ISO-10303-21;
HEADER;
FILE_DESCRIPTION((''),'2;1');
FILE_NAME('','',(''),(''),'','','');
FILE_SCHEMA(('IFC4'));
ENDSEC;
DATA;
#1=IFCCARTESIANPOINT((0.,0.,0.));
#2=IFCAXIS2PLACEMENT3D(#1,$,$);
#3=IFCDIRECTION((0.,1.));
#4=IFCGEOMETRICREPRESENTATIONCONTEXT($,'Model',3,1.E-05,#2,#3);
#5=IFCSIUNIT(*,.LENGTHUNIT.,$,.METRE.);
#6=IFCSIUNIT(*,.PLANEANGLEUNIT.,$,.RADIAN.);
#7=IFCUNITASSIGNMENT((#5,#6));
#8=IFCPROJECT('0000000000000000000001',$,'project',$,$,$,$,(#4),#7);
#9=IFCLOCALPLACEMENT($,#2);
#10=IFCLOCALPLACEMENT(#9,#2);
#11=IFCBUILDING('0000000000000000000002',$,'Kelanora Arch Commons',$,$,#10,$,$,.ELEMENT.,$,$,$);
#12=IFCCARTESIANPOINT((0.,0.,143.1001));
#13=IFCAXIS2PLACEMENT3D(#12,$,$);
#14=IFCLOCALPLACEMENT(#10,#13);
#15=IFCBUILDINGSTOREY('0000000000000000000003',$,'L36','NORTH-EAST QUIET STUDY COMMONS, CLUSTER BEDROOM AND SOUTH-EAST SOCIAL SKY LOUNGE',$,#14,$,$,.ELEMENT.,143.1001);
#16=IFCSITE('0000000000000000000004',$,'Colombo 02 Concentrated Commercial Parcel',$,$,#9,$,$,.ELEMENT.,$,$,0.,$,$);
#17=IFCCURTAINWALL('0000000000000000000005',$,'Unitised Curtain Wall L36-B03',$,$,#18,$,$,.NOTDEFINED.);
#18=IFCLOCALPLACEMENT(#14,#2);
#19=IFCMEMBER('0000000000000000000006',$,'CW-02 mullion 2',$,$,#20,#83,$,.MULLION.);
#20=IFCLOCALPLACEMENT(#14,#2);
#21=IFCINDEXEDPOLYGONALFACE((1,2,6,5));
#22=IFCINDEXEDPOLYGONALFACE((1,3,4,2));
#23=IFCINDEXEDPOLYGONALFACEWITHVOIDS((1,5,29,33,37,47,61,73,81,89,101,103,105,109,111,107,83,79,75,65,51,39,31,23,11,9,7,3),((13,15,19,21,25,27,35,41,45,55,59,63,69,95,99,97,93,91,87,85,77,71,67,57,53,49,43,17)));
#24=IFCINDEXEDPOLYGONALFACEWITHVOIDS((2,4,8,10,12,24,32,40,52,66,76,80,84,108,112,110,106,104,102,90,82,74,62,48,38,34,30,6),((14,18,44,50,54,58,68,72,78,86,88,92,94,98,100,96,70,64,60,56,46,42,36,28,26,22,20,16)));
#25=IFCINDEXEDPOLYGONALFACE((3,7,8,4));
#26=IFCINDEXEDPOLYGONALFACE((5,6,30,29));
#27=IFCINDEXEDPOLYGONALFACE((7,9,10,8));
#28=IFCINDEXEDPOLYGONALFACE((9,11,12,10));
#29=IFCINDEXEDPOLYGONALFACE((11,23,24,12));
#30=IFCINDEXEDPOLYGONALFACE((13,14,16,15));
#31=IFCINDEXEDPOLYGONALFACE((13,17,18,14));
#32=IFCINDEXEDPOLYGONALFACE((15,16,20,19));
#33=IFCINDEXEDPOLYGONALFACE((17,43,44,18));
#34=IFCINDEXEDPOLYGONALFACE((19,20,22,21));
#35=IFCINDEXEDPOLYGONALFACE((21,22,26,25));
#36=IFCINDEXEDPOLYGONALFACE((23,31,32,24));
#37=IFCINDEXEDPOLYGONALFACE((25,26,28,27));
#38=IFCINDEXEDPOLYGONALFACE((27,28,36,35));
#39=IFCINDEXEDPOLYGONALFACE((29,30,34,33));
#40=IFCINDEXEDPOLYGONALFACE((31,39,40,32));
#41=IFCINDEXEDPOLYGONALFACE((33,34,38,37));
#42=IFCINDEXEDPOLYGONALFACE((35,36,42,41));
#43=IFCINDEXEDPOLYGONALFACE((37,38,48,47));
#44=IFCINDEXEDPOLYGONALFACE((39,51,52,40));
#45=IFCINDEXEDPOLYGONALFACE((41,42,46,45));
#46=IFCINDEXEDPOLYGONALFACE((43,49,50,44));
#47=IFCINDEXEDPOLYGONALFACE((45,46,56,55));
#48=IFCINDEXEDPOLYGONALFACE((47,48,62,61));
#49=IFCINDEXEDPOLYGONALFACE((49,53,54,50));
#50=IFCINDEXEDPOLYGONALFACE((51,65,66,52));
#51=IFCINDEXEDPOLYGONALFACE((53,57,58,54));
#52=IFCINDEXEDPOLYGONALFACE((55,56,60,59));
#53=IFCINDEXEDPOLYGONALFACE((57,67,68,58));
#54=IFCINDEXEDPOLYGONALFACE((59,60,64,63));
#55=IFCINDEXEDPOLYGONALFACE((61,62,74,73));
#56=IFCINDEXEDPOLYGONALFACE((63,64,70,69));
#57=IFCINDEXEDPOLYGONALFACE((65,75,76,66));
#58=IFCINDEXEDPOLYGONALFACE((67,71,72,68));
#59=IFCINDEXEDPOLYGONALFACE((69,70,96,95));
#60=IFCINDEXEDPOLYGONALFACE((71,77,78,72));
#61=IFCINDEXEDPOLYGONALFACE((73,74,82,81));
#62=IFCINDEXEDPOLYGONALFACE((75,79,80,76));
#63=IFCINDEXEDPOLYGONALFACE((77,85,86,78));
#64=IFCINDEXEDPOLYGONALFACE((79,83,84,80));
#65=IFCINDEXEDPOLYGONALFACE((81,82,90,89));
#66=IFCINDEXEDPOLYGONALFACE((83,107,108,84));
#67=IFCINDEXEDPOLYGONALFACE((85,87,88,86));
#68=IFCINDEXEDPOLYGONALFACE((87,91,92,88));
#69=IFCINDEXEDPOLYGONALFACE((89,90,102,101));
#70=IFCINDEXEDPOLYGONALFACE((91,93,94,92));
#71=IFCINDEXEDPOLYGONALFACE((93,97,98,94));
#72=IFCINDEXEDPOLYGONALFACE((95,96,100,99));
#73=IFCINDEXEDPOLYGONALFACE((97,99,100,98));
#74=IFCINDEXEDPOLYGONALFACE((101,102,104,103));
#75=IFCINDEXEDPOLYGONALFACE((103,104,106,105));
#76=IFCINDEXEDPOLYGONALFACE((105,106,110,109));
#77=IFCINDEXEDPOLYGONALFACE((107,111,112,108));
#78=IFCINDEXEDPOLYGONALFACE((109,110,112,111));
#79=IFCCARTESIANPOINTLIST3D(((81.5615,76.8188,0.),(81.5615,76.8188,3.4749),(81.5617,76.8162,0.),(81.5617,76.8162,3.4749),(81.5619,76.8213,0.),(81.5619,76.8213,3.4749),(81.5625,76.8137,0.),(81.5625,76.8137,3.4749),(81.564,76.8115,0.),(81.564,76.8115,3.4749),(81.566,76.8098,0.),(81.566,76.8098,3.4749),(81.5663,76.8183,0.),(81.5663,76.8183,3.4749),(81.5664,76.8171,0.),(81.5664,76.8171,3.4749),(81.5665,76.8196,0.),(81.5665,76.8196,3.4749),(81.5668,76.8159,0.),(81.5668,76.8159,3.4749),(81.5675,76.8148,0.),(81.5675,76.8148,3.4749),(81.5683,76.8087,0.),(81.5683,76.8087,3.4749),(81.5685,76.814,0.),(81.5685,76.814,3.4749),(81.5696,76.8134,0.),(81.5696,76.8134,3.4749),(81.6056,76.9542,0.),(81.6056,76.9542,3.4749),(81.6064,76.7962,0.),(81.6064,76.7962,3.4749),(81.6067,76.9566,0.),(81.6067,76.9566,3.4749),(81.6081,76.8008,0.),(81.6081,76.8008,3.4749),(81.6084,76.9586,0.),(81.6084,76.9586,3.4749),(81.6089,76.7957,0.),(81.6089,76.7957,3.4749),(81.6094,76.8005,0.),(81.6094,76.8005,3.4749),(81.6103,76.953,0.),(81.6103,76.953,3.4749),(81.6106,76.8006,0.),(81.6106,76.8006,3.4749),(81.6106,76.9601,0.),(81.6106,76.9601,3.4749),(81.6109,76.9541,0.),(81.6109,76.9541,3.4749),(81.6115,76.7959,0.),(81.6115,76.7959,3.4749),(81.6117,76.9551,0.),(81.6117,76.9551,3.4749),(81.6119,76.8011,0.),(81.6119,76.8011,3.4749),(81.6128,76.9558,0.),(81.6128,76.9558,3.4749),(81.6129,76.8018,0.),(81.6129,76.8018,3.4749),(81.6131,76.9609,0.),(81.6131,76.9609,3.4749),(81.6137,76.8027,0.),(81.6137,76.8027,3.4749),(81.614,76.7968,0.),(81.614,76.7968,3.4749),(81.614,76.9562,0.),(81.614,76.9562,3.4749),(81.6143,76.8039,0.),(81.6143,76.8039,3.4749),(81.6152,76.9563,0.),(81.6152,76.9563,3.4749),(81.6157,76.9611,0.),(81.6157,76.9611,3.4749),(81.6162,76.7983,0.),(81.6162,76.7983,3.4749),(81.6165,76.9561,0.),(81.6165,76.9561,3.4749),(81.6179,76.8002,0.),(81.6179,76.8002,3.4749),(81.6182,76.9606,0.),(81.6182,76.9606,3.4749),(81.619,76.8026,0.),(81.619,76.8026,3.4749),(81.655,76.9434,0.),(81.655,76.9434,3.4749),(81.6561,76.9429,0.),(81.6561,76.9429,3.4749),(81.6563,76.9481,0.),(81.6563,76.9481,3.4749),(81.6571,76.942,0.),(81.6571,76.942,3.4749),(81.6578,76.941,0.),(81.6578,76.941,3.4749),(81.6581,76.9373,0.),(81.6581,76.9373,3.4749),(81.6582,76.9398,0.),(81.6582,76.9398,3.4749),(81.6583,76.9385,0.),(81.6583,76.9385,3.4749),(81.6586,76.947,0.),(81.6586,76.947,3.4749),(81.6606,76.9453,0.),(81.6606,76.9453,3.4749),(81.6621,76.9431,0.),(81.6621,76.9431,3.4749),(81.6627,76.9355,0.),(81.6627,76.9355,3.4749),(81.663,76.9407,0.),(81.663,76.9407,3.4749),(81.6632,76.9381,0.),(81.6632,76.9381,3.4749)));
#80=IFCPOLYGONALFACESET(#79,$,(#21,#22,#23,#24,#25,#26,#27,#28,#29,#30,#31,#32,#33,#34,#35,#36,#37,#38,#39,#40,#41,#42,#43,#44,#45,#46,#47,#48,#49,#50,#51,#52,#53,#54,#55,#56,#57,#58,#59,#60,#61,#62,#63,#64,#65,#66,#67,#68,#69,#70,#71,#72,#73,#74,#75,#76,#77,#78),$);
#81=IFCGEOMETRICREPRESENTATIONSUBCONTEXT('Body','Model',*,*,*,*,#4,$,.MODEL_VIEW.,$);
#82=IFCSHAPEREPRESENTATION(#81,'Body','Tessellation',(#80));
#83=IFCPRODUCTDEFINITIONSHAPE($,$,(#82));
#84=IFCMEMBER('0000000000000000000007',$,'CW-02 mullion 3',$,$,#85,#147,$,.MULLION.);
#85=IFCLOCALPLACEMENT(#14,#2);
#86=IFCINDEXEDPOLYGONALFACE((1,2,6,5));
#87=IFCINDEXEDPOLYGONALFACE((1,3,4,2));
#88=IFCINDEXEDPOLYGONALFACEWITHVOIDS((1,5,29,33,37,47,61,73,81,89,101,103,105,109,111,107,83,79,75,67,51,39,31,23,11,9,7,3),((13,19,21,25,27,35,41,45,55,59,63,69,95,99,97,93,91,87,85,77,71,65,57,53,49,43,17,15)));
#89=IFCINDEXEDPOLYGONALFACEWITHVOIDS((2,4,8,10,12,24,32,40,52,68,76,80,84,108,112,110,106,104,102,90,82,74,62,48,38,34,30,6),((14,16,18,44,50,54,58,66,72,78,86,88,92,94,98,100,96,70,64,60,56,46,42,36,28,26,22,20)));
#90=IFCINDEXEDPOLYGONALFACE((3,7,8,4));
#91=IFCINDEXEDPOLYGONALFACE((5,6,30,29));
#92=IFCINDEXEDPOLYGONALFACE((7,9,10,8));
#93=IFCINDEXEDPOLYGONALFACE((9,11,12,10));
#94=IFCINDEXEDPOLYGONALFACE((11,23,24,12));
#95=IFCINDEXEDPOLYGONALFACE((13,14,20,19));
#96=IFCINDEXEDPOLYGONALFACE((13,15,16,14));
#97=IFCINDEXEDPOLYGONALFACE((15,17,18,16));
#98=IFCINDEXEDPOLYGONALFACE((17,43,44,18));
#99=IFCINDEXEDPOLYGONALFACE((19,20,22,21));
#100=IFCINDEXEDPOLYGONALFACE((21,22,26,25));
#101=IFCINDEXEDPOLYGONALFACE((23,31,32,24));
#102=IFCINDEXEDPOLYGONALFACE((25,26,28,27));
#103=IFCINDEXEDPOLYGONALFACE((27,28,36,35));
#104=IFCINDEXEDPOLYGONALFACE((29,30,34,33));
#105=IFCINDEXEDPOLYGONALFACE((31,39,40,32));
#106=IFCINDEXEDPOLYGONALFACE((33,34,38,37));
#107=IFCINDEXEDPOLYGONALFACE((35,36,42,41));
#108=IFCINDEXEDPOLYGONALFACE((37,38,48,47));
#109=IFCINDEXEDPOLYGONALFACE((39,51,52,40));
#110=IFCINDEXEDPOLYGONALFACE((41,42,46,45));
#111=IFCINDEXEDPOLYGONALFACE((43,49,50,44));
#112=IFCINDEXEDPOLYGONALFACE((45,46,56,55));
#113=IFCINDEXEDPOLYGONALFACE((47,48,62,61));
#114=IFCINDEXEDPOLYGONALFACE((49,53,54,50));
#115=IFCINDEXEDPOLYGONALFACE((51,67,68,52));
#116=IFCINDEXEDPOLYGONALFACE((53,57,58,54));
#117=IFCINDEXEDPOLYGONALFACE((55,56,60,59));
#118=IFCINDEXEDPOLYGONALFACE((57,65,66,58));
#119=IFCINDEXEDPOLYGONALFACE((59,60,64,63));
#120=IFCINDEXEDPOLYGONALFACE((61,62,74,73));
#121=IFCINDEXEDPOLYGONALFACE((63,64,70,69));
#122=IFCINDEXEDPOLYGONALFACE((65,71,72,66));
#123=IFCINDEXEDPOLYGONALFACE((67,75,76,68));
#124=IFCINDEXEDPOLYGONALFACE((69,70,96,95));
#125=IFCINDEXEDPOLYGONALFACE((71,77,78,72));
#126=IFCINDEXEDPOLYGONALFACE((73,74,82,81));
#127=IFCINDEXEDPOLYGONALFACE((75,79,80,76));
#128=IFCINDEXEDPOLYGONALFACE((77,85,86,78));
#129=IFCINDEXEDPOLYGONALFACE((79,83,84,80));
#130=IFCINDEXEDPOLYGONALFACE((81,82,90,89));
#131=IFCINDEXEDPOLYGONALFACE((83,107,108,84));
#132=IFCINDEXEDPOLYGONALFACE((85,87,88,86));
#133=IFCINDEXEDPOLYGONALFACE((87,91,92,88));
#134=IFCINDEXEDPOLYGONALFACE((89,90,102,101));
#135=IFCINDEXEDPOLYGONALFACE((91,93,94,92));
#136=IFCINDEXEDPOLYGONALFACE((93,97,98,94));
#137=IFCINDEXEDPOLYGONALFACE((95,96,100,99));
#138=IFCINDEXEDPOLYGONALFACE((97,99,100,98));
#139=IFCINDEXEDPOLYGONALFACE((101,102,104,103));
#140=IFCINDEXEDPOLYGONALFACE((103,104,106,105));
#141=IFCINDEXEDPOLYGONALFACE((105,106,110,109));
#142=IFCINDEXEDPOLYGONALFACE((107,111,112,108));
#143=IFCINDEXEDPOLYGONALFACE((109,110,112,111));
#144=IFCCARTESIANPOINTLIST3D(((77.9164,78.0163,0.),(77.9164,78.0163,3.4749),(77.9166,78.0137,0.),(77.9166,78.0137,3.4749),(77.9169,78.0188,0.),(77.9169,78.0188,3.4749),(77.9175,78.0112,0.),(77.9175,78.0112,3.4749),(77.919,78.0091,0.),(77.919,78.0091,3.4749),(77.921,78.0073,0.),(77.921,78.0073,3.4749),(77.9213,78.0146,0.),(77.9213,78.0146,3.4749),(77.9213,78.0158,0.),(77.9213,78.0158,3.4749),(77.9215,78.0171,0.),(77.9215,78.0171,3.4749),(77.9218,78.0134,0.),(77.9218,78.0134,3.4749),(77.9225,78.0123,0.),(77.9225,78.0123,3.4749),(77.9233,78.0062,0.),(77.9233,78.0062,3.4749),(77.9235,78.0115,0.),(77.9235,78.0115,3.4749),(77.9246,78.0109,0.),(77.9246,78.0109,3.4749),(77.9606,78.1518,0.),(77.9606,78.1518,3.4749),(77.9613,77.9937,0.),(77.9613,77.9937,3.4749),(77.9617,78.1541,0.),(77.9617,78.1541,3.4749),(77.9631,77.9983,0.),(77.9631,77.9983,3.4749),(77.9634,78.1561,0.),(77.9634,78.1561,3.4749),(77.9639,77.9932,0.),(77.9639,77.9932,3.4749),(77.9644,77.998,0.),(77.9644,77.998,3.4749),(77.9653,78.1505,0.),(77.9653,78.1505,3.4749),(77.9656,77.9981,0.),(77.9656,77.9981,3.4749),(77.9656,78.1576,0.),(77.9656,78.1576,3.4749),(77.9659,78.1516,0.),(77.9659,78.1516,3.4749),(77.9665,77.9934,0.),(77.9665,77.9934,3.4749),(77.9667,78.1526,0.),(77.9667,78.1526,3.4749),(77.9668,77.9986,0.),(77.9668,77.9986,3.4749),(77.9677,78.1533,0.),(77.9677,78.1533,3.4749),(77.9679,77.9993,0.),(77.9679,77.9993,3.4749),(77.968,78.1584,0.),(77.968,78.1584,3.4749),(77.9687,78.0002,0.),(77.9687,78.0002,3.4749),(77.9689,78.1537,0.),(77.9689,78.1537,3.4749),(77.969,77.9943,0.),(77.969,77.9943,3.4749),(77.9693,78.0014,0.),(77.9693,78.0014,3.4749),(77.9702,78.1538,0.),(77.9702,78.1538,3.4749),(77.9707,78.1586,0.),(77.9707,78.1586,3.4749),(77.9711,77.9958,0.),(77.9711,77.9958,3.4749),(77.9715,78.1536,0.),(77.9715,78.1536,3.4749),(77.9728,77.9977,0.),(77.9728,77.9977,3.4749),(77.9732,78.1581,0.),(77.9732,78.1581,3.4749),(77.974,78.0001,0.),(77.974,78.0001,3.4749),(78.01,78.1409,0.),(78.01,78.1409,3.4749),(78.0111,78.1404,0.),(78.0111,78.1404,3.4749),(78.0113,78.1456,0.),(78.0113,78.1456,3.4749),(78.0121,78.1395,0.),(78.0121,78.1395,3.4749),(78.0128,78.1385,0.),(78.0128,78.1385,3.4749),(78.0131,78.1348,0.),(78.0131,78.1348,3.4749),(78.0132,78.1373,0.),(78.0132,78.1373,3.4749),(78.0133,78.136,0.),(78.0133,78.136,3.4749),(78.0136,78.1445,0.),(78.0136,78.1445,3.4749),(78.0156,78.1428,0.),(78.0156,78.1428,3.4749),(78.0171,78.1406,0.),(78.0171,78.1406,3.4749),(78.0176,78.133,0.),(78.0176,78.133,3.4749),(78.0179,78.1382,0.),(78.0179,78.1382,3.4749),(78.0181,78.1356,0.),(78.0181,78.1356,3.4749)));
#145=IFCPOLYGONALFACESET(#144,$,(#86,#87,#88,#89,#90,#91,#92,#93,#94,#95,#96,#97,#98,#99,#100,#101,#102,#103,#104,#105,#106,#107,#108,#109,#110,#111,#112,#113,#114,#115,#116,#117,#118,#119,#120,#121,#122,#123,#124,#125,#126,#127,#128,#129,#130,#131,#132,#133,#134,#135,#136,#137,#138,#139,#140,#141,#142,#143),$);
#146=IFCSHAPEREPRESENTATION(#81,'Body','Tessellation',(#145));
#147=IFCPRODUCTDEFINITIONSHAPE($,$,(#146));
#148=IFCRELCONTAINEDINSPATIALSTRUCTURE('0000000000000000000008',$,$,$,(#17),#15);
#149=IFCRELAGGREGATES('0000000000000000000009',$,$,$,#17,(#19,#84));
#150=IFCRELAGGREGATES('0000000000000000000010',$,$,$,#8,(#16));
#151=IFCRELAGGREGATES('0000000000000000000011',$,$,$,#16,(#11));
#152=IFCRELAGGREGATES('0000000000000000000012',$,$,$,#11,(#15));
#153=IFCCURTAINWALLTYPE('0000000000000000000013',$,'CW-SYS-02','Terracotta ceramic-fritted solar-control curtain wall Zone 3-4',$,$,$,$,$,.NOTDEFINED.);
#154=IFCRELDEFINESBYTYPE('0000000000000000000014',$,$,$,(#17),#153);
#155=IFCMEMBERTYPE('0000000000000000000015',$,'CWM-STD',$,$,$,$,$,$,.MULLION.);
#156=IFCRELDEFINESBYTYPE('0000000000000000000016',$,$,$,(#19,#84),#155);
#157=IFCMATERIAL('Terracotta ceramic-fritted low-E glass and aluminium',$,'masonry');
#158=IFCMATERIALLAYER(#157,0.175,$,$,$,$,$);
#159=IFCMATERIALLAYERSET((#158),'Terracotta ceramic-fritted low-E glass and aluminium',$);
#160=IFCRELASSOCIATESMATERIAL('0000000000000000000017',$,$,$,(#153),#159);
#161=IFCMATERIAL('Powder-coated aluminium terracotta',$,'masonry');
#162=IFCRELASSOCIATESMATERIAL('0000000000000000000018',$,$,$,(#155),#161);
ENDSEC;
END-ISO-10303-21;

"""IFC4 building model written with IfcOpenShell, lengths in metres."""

from ifc_helpers import new_model, si_unit, direction, frame, origin, origin_2d, place, context, subcontext, project, spatial, hollow_rectangle, extrude, material, layer, layer_set, material_profile, profile_set, type_object, element, aggregate, save


model = new_model("IFC4")

# Units and contexts
model_context = context("Model", 3, precision=1e-05, world=origin(), true_north=direction((0.0, 1.0)))
body_context = subcontext(model_context, "Body", "Model", "MODEL_VIEW")
ifc_project = project(units=[si_unit("LENGTHUNIT", "METRE"), si_unit("PLANEANGLEUNIT", "RADIAN")], contexts=[model_context])

# Site, building, storey
site_placement = place(None, origin())
site = spatial("IfcSite", under=ifc_project, at=site_placement, Name="Colombo 02 Concentrated Commercial Parcel", CompositionType="ELEMENT", RefElevation=0.0)
building_placement = place(site_placement, origin())
building = spatial("IfcBuilding", under=site, at=building_placement, Name="Kelanora Arch Commons", CompositionType="ELEMENT")
storey_placement = place(building_placement, frame((0.0, 0.0, 143.1001)))
storey = spatial("IfcBuildingStorey", under=building, at=storey_placement, Name="L36", Description="NORTH-EAST QUIET STUDY COMMONS, CLUSTER BEDROOM AND SOUTH-EAST SOCIAL SKY LOUNGE", CompositionType="ELEMENT", Elevation=143.1001)

# Curtain wall, members
ifc_material_1 = material(Name="Terracotta ceramic-fritted low-E glass and aluminium", Category="masonry")
ifc_layer_1 = layer(ifc_material_1, 0.175)
ifc_layer_set_1 = layer_set([ifc_layer_1], Name="Terracotta ceramic-fritted low-E glass and aluminium")
curtain_wall_type = type_object("IfcCurtainWallType", Name="CW-SYS-02", Description="Terracotta ceramic-fritted solar-control curtain wall Zone 3-4", PredefinedType="NOTDEFINED", material=ifc_layer_set_1)
curtain_wall_placement = place(storey_placement, origin())
curtain_wall = element("IfcCurtainWall", 1, at=curtain_wall_placement, inside=storey, type_object=curtain_wall_type, Name="Unitised Curtain Wall L36-B03", PredefinedType="NOTDEFINED")
ifc_material_2 = material(Name="Powder-coated aluminium terracotta", Category="masonry")
ifc_material_profile_1 = material_profile(ifc_material_2, hollow_rectangle(XDim=0.1599, YDim=0.0601, WallThickness=0.0049, InnerFilletRadius=0.0049, OuterFilletRadius=0.01, at=origin_2d()), Name="CWM160x60")
ifc_profile_set_1 = profile_set([ifc_material_profile_1], Name="Powder-coated aluminium terracotta")
member_type_1 = type_object("IfcMemberType", Name="CWM-STD", PredefinedType="MULLION", material=ifc_profile_set_1)
member_1_placement = place(storey_placement, frame((81.6123, 76.8784, 0.0), z_axis=(0.0, 0.0, 1.0), x_axis=(-0.312128, -0.95004, 0.0)))
member_1 = element("IfcMember", 2, at=member_1_placement, type_object=member_type_1, Name="CW-02 mullion 2", PredefinedType="MULLION", context=body_context, shape_type="SweptSolid", body=[
    extrude(hollow_rectangle(XDim=0.1599, YDim=0.0601, WallThickness=0.0049, InnerFilletRadius=0.0049, OuterFilletRadius=0.01, at=origin_2d()), origin(), (0.0, 0.0, 1.0), 3.4749),
])
member_2_placement = place(storey_placement, frame((77.9673, 78.0759, 0.0), z_axis=(0.0, 0.0, 1.0), x_axis=(-0.312128, -0.95004, 0.0)))
member_2 = element("IfcMember", 3, at=member_2_placement, type_object=member_type_1, Name="CW-02 mullion 3", PredefinedType="MULLION", context=body_context, shape_type="SweptSolid", body=[
    extrude(hollow_rectangle(XDim=0.1599, YDim=0.0601, WallThickness=0.0049, InnerFilletRadius=0.0049, OuterFilletRadius=0.01, at=origin_2d()), origin(), (0.0, 0.0, 1.0), 3.4749),
])
aggregate(curtain_wall, [member_1, member_2])

save(model, "model.ifc")
